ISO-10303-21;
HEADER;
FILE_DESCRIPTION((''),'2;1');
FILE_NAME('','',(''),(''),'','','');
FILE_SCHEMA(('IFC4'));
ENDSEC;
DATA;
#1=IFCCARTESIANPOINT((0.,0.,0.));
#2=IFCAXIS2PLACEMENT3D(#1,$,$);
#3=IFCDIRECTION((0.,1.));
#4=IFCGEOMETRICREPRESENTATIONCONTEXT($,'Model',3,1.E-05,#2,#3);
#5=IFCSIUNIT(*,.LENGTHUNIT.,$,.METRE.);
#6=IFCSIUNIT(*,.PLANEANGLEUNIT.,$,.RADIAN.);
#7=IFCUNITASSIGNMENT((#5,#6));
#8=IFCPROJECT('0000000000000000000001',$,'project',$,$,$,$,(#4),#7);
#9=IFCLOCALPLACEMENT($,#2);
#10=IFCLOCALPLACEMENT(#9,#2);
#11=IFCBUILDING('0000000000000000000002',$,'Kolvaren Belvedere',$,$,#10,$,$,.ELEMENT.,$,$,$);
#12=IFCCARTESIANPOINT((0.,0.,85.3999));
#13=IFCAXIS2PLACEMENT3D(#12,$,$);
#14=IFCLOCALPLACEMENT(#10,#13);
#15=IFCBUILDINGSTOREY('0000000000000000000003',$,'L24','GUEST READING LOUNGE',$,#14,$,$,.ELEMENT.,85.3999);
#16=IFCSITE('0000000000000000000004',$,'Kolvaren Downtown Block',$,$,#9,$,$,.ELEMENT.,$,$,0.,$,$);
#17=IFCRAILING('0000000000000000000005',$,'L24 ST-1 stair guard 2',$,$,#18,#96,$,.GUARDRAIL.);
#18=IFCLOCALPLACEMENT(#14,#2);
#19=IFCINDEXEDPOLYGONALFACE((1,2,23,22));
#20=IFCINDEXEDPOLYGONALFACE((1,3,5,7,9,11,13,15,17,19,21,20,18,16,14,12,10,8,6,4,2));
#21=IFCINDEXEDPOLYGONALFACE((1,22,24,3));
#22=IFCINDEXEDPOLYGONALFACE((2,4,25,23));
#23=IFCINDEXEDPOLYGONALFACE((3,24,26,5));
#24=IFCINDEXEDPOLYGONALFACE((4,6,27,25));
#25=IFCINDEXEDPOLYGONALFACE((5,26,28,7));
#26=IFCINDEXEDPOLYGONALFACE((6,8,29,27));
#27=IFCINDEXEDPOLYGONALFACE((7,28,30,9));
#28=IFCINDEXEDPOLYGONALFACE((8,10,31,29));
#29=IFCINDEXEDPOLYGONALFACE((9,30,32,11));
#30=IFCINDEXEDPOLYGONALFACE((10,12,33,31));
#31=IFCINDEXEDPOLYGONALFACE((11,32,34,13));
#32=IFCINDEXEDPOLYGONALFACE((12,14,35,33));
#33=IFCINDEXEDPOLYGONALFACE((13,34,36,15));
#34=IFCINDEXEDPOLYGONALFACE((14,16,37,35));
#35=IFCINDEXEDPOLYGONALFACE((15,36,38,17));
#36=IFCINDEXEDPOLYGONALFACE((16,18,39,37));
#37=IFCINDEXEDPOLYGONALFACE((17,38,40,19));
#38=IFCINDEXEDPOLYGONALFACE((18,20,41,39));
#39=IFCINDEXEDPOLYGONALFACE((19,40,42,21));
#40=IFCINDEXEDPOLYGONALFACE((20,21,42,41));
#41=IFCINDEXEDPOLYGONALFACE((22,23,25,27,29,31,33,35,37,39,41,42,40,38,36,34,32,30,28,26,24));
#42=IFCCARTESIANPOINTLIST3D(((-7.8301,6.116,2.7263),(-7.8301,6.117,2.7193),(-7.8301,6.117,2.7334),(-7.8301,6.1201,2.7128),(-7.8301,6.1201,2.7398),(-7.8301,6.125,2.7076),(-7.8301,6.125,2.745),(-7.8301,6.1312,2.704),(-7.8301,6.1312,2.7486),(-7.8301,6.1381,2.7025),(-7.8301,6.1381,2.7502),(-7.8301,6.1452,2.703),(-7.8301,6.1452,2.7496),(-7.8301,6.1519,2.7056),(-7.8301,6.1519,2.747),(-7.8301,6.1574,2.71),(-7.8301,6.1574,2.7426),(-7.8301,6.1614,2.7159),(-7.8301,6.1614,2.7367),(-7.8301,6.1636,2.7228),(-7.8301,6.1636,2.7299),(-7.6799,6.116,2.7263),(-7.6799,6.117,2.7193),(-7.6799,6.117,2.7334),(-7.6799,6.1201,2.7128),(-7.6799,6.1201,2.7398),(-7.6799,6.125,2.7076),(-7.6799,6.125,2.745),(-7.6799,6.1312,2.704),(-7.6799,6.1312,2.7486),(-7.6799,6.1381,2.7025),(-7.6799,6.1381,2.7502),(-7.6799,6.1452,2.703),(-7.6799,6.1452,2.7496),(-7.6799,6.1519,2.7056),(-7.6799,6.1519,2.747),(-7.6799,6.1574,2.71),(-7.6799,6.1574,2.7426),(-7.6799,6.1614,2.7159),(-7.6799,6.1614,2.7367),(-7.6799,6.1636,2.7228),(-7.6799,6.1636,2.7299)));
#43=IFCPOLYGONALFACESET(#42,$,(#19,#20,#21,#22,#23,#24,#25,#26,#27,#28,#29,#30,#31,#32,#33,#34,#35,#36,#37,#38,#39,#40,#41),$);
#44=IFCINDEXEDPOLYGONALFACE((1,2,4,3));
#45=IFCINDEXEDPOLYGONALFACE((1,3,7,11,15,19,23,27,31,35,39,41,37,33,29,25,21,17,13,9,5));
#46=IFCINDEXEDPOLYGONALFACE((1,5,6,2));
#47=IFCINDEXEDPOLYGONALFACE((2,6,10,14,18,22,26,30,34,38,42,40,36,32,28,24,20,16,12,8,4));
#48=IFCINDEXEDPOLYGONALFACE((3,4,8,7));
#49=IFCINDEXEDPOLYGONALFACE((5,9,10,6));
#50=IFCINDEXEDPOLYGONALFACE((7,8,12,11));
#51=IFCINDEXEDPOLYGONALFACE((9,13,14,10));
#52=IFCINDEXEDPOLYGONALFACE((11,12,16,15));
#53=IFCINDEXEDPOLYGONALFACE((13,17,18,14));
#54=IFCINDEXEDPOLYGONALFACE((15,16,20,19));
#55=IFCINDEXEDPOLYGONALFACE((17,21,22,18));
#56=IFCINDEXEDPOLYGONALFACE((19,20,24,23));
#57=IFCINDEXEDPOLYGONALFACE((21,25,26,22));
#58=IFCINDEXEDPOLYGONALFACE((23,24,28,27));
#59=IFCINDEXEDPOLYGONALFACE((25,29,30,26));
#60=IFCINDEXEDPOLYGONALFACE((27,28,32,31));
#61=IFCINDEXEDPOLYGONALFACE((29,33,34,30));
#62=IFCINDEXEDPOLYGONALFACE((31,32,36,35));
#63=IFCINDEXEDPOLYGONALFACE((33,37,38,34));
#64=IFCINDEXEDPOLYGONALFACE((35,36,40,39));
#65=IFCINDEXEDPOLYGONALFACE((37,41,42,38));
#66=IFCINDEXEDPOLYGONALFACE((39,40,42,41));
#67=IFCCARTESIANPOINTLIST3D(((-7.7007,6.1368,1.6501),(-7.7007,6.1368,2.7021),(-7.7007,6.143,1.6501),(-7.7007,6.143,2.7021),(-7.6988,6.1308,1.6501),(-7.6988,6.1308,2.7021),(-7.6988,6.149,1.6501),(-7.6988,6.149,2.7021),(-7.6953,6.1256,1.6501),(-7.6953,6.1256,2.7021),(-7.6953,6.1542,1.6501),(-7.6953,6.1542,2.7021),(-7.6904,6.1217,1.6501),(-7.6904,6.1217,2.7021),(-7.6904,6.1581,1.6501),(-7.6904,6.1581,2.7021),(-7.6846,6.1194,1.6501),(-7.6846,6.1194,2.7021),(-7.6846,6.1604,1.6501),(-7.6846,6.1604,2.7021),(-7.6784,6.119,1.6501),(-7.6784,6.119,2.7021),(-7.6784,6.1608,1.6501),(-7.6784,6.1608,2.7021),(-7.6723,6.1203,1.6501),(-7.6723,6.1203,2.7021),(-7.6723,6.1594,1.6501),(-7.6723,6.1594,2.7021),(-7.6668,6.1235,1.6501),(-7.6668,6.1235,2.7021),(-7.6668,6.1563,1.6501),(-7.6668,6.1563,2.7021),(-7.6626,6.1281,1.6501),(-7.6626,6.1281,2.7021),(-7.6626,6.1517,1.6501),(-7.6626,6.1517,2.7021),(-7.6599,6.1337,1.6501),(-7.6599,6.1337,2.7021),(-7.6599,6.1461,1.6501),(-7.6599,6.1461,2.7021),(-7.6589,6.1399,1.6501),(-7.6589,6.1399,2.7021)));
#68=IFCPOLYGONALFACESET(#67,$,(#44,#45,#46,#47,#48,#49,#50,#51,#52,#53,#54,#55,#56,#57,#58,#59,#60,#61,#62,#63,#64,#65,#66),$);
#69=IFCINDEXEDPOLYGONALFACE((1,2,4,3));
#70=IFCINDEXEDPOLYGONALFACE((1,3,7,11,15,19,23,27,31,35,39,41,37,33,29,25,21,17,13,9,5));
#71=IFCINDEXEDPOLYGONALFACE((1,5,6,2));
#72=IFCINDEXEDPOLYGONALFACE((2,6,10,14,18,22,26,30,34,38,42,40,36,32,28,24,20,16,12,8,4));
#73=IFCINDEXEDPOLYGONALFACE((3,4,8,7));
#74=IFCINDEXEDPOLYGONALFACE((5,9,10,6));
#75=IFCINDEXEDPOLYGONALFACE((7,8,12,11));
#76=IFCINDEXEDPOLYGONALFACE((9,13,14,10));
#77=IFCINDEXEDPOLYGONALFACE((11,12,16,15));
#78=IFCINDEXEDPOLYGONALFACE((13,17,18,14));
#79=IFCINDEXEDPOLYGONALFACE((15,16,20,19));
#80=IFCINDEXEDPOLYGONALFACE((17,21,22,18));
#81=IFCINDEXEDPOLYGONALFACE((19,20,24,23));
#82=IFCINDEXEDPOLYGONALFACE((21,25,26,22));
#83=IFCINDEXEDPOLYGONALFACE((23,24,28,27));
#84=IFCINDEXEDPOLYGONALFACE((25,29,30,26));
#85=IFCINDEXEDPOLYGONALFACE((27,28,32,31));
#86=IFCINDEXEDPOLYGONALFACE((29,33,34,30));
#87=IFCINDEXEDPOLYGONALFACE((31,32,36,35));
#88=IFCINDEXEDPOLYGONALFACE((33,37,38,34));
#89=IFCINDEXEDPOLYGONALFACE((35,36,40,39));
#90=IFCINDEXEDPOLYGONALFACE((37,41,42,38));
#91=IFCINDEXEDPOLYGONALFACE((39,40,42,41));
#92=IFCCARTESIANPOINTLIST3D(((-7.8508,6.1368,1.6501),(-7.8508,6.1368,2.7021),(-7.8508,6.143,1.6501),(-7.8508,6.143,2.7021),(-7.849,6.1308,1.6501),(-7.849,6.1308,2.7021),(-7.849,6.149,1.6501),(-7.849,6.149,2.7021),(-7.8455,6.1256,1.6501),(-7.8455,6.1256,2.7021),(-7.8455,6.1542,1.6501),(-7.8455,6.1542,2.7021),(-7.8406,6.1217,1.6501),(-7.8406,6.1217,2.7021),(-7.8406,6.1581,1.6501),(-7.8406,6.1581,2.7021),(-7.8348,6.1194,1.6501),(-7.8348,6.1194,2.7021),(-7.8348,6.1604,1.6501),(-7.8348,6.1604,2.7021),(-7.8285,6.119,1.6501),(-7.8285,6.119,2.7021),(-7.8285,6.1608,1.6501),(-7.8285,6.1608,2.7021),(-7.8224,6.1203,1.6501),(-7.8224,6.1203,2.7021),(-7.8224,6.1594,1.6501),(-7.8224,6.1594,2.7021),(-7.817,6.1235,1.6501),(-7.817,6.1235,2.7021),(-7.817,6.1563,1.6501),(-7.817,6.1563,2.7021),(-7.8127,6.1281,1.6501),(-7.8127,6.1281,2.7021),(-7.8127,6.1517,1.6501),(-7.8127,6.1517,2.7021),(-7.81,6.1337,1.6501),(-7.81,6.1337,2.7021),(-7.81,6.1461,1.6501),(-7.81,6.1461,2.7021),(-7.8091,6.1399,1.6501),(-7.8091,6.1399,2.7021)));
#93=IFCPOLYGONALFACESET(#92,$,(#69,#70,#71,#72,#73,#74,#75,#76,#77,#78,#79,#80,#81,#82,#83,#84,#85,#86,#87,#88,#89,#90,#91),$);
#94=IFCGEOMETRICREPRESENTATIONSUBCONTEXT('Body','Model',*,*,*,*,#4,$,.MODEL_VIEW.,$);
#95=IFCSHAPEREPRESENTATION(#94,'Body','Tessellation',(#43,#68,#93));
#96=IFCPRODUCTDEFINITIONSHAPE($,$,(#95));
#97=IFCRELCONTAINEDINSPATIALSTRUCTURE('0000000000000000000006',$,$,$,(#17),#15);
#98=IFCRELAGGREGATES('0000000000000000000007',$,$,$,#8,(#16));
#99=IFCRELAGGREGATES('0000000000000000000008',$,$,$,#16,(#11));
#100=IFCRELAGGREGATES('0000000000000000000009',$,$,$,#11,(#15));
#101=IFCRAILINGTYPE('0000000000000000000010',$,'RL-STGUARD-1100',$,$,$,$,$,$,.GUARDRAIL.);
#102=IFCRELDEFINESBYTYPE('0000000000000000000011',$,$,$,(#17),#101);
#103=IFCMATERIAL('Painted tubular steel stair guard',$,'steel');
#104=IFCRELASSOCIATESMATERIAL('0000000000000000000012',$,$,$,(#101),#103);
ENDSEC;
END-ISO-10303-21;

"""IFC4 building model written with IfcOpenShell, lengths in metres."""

from ifc_helpers import new_model, si_unit, direction, frame, origin, origin_2d, place, context, subcontext, project, spatial, circle, extrude, material, type_object, element, save


model = new_model("IFC4")

# Units and contexts
model_context = context("Model", 3, precision=1e-05, world=origin(), true_north=direction((0.0, 1.0)))
body_context = subcontext(model_context, "Body", "Model", "MODEL_VIEW")
ifc_project = project(units=[si_unit("LENGTHUNIT", "METRE"), si_unit("PLANEANGLEUNIT", "RADIAN")], contexts=[model_context])

# Site, building, storey
site_placement = place(None, origin())
site = spatial("IfcSite", under=ifc_project, at=site_placement, Name="Kolvaren Downtown Block", CompositionType="ELEMENT", RefElevation=0.0)
building_placement = place(site_placement, origin())
building = spatial("IfcBuilding", under=site, at=building_placement, Name="Kolvaren Belvedere", CompositionType="ELEMENT")
storey_placement = place(building_placement, frame((0.0, 0.0, 85.3999)))
storey = spatial("IfcBuildingStorey", under=building, at=storey_placement, Name="L24", Description="GUEST READING LOUNGE", CompositionType="ELEMENT", Elevation=85.3999)

# Railing
ifc_material_1 = material(Name="Painted tubular steel stair guard", Category="steel")
railing_type_1 = type_object("IfcRailingType", Name="RL-STGUARD-1100", PredefinedType="GUARDRAIL", material=ifc_material_1)
railing_1_placement = place(storey_placement, frame((-7.6799, 6.1399, 1.6501)))
element("IfcRailing", 1, at=railing_1_placement, inside=storey, type_object=railing_type_1, Name="L24 ST-1 stair guard 2", PredefinedType="GUARDRAIL", context=body_context, shape_type="SweptSolid", body=[
    extrude(circle(Radius=0.0239, at=origin_2d()), frame((0.0, 0.0, 1.0762), z_axis=(-1.0, 0.0, 0.0), x_axis=(0.0, -1.0, 0.0)), (0.0, 0.0, 1.0), 0.1501),
    extrude(circle(Radius=0.021, at=origin_2d()), origin(), (0.0, 0.0, 1.0), 1.052),
    extrude(circle(Radius=0.021, at=origin_2d()), frame((-0.1501, 0.0, 0.0)), (0.0, 0.0, 1.0), 1.052),
])

save(model, "model.ifc")
